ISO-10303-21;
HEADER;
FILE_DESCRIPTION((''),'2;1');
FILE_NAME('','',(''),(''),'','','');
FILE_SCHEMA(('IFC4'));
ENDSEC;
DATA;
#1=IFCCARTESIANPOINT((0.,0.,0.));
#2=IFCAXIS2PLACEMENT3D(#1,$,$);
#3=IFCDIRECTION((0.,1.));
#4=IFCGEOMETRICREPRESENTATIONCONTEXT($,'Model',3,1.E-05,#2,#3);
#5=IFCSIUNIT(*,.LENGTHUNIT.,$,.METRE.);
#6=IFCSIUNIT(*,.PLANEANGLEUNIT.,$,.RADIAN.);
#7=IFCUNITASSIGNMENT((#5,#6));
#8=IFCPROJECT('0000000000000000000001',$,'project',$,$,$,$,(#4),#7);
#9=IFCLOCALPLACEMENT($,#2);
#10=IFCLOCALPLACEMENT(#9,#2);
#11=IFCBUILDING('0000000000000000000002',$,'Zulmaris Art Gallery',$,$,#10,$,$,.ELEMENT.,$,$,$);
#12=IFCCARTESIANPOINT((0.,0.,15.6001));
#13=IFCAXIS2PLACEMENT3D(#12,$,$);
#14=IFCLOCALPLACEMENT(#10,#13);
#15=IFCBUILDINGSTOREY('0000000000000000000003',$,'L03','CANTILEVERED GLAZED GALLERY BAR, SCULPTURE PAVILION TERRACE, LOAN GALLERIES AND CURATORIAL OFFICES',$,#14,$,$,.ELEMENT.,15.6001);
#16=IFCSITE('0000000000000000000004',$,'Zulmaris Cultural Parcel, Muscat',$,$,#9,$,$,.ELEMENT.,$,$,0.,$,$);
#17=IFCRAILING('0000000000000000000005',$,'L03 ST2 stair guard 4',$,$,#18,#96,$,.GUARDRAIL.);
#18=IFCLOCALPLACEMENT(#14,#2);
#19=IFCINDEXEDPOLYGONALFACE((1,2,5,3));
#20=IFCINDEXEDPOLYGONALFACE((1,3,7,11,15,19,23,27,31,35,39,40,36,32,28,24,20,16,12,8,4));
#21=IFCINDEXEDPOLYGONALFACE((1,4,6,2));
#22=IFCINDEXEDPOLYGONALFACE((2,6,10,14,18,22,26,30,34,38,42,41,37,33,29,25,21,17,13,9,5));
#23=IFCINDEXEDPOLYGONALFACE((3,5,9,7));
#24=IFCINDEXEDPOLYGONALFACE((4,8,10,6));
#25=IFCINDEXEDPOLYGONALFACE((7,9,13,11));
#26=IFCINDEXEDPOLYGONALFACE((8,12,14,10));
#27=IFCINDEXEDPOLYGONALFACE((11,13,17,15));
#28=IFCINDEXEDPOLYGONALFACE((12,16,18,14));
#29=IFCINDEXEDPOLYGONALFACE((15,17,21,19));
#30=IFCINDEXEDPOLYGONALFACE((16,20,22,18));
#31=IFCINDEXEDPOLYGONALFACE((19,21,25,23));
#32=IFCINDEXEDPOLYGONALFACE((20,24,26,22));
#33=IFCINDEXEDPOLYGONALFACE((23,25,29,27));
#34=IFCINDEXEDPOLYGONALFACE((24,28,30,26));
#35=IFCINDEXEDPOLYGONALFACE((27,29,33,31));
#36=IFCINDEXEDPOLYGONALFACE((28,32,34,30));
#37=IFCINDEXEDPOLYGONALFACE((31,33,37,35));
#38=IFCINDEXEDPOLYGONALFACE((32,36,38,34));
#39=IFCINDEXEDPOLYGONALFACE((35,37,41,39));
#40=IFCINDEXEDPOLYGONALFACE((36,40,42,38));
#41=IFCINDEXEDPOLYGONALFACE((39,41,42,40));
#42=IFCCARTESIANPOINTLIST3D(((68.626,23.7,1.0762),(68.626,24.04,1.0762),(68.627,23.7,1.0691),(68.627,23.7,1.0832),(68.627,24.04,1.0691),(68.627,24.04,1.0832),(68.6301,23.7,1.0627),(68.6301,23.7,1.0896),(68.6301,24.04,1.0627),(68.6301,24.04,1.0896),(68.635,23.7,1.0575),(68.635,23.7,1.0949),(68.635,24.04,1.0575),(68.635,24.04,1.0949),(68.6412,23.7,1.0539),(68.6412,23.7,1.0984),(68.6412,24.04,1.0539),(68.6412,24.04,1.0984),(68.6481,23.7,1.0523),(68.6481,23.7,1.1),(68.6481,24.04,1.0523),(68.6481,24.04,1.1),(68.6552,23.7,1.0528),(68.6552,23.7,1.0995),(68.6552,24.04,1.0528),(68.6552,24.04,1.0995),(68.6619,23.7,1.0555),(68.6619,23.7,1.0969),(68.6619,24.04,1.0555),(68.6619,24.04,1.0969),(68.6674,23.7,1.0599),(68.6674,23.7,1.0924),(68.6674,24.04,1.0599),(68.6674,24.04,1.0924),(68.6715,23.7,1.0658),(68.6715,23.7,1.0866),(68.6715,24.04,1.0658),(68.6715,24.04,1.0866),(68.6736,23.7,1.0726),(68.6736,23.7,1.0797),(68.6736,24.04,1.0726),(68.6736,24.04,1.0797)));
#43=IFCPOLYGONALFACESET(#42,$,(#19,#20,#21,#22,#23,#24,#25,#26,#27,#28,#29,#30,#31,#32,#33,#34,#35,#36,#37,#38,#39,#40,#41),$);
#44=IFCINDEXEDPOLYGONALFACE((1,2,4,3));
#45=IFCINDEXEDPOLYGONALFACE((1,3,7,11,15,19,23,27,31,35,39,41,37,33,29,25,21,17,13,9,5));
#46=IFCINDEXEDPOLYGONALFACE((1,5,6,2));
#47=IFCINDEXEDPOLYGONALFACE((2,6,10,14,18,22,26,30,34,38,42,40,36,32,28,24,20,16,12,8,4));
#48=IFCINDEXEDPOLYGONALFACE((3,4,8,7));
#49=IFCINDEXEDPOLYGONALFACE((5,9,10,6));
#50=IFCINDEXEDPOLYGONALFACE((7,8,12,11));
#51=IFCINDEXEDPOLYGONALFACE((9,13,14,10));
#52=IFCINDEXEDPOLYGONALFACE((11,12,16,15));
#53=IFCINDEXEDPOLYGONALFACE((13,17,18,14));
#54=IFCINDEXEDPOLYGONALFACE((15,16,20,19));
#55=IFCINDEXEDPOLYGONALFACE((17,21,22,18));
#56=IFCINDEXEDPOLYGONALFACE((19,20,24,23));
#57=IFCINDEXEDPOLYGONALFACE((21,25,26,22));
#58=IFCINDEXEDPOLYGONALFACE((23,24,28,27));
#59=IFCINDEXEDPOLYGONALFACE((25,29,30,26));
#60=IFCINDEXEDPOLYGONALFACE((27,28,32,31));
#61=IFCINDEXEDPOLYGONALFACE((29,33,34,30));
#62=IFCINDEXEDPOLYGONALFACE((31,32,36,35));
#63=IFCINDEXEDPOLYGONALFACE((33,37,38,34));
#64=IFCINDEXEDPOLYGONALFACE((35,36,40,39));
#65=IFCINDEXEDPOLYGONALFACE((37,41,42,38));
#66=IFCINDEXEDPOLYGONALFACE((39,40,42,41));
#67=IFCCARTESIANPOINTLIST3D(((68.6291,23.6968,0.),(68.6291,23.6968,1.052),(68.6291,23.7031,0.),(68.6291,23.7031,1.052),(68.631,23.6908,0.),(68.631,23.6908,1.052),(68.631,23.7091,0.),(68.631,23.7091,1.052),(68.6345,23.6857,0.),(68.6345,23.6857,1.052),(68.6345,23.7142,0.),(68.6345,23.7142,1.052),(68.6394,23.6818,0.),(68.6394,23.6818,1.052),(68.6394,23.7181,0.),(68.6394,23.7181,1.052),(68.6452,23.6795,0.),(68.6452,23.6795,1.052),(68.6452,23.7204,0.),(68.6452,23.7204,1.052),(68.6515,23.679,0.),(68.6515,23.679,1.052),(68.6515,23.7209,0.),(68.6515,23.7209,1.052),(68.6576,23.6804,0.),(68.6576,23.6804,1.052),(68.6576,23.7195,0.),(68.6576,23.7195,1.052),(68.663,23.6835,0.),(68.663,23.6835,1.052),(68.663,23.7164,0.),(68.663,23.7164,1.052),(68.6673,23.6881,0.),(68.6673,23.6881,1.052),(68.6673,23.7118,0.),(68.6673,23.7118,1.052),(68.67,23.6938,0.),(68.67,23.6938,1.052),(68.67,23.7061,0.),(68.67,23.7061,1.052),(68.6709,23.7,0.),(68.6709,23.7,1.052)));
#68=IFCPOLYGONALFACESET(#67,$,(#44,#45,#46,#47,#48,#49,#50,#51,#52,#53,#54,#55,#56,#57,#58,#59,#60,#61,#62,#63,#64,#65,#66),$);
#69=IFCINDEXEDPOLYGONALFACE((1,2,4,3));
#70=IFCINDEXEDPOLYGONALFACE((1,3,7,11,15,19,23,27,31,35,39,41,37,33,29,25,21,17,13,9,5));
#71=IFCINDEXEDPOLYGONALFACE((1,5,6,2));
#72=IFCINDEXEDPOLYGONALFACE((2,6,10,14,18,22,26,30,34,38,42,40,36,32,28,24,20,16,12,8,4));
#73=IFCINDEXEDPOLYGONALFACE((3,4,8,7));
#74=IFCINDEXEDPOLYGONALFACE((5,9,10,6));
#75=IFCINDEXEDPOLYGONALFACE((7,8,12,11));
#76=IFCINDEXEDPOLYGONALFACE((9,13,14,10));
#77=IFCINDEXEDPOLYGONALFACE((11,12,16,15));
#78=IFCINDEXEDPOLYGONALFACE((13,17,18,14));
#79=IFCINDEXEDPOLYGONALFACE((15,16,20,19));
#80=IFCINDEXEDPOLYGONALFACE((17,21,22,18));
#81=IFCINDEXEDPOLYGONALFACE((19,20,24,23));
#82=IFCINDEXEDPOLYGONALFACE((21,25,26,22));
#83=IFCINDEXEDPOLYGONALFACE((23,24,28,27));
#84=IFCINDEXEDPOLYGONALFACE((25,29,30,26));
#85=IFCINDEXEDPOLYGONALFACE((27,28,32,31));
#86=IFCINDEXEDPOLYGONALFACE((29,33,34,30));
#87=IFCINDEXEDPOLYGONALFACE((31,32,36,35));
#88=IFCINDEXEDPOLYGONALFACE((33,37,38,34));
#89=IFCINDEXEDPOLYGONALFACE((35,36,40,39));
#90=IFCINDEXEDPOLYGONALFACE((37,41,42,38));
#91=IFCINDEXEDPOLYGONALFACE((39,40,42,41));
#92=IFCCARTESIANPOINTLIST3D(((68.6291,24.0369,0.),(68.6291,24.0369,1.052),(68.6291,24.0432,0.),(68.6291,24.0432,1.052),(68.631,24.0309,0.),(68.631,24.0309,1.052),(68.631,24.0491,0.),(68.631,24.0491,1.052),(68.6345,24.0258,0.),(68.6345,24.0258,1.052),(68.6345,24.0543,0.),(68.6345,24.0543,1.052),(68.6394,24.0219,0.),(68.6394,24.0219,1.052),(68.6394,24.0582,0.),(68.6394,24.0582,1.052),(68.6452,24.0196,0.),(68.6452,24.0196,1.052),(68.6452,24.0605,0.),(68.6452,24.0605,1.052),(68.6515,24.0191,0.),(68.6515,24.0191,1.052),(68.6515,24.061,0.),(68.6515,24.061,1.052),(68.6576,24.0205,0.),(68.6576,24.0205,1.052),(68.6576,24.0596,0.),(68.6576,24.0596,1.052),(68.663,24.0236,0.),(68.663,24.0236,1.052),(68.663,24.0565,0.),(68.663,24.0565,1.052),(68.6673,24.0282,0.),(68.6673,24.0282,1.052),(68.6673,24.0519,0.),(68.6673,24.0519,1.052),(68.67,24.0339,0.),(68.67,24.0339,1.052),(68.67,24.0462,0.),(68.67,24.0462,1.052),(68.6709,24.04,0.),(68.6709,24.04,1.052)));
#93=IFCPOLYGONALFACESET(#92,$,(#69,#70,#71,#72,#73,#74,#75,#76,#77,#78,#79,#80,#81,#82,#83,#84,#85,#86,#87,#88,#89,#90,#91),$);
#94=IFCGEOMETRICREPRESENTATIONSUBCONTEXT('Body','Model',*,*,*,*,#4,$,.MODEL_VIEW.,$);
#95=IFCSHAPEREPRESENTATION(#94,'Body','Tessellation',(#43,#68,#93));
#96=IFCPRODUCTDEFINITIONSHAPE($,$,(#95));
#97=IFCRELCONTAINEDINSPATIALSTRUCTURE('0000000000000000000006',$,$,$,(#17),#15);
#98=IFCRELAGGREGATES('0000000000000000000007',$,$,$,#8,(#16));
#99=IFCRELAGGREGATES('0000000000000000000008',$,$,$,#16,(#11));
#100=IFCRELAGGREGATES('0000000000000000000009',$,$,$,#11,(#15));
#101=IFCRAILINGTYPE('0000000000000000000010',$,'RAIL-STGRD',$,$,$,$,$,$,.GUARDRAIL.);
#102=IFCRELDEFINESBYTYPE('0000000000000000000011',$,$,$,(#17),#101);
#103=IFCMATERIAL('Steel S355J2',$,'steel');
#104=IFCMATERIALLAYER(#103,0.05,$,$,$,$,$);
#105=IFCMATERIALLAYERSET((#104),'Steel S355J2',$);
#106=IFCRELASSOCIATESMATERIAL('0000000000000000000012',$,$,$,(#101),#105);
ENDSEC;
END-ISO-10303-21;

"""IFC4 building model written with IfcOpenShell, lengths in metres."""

from ifc_helpers import new_model, si_unit, direction, frame, origin, origin_2d, place, context, subcontext, project, spatial, circle, extrude, material, layer, layer_set, type_object, element, save


model = new_model("IFC4")

# Units and contexts
model_context = context("Model", 3, precision=1e-05, world=origin(), true_north=direction((0.0, 1.0)))
body_context = subcontext(model_context, "Body", "Model", "MODEL_VIEW")
ifc_project = project(units=[si_unit("LENGTHUNIT", "METRE"), si_unit("PLANEANGLEUNIT", "RADIAN")], contexts=[model_context])

# Site, building, storey
site_placement = place(None, origin())
site = spatial("IfcSite", under=ifc_project, at=site_placement, Name="Zulmaris Cultural Parcel, Muscat", CompositionType="ELEMENT", RefElevation=0.0)
building_placement = place(site_placement, origin())
building = spatial("IfcBuilding", under=site, at=building_placement, Name="Zulmaris Art Gallery", CompositionType="ELEMENT")
storey_placement = place(building_placement, frame((0.0, 0.0, 15.6001)))
storey = spatial("IfcBuildingStorey", under=building, at=storey_placement, Name="L03", Description="CANTILEVERED GLAZED GALLERY BAR, SCULPTURE PAVILION TERRACE, LOAN GALLERIES AND CURATORIAL OFFICES", CompositionType="ELEMENT", Elevation=15.6001)

# Shared definitions
ifc_material_1 = material(Name="Steel S355J2", Category="steel")

# Railing
ifc_layer_1 = layer(ifc_material_1, 0.05)
ifc_layer_set_1 = layer_set([ifc_layer_1], Name="Steel S355J2")
railing_type_1 = type_object("IfcRailingType", Name="RAIL-STGRD", PredefinedType="GUARDRAIL", material=ifc_layer_set_1)
railing_1_placement = place(storey_placement, frame((68.6499, 23.7, 0.0)))
element("IfcRailing", 1, at=railing_1_placement, inside=storey, type_object=railing_type_1, Name="L03 ST2 stair guard 4", PredefinedType="GUARDRAIL", context=body_context, shape_type="SweptSolid", body=[
    extrude(circle(Radius=0.0239, at=origin_2d()), frame((0.0, 0.0, 1.0762), z_axis=(0.0, 1.0, 0.0), x_axis=(-1.0, 0.0, 0.0)), (0.0, 0.0, 1.0), 0.3401),
    extrude(circle(Radius=0.021, at=origin_2d()), origin(), (0.0, 0.0, 1.0), 1.052),
    extrude(circle(Radius=0.021, at=origin_2d()), frame((0.0, 0.3401, 0.0)), (0.0, 0.0, 1.0), 1.052),
])

save(model, "model.ifc")
